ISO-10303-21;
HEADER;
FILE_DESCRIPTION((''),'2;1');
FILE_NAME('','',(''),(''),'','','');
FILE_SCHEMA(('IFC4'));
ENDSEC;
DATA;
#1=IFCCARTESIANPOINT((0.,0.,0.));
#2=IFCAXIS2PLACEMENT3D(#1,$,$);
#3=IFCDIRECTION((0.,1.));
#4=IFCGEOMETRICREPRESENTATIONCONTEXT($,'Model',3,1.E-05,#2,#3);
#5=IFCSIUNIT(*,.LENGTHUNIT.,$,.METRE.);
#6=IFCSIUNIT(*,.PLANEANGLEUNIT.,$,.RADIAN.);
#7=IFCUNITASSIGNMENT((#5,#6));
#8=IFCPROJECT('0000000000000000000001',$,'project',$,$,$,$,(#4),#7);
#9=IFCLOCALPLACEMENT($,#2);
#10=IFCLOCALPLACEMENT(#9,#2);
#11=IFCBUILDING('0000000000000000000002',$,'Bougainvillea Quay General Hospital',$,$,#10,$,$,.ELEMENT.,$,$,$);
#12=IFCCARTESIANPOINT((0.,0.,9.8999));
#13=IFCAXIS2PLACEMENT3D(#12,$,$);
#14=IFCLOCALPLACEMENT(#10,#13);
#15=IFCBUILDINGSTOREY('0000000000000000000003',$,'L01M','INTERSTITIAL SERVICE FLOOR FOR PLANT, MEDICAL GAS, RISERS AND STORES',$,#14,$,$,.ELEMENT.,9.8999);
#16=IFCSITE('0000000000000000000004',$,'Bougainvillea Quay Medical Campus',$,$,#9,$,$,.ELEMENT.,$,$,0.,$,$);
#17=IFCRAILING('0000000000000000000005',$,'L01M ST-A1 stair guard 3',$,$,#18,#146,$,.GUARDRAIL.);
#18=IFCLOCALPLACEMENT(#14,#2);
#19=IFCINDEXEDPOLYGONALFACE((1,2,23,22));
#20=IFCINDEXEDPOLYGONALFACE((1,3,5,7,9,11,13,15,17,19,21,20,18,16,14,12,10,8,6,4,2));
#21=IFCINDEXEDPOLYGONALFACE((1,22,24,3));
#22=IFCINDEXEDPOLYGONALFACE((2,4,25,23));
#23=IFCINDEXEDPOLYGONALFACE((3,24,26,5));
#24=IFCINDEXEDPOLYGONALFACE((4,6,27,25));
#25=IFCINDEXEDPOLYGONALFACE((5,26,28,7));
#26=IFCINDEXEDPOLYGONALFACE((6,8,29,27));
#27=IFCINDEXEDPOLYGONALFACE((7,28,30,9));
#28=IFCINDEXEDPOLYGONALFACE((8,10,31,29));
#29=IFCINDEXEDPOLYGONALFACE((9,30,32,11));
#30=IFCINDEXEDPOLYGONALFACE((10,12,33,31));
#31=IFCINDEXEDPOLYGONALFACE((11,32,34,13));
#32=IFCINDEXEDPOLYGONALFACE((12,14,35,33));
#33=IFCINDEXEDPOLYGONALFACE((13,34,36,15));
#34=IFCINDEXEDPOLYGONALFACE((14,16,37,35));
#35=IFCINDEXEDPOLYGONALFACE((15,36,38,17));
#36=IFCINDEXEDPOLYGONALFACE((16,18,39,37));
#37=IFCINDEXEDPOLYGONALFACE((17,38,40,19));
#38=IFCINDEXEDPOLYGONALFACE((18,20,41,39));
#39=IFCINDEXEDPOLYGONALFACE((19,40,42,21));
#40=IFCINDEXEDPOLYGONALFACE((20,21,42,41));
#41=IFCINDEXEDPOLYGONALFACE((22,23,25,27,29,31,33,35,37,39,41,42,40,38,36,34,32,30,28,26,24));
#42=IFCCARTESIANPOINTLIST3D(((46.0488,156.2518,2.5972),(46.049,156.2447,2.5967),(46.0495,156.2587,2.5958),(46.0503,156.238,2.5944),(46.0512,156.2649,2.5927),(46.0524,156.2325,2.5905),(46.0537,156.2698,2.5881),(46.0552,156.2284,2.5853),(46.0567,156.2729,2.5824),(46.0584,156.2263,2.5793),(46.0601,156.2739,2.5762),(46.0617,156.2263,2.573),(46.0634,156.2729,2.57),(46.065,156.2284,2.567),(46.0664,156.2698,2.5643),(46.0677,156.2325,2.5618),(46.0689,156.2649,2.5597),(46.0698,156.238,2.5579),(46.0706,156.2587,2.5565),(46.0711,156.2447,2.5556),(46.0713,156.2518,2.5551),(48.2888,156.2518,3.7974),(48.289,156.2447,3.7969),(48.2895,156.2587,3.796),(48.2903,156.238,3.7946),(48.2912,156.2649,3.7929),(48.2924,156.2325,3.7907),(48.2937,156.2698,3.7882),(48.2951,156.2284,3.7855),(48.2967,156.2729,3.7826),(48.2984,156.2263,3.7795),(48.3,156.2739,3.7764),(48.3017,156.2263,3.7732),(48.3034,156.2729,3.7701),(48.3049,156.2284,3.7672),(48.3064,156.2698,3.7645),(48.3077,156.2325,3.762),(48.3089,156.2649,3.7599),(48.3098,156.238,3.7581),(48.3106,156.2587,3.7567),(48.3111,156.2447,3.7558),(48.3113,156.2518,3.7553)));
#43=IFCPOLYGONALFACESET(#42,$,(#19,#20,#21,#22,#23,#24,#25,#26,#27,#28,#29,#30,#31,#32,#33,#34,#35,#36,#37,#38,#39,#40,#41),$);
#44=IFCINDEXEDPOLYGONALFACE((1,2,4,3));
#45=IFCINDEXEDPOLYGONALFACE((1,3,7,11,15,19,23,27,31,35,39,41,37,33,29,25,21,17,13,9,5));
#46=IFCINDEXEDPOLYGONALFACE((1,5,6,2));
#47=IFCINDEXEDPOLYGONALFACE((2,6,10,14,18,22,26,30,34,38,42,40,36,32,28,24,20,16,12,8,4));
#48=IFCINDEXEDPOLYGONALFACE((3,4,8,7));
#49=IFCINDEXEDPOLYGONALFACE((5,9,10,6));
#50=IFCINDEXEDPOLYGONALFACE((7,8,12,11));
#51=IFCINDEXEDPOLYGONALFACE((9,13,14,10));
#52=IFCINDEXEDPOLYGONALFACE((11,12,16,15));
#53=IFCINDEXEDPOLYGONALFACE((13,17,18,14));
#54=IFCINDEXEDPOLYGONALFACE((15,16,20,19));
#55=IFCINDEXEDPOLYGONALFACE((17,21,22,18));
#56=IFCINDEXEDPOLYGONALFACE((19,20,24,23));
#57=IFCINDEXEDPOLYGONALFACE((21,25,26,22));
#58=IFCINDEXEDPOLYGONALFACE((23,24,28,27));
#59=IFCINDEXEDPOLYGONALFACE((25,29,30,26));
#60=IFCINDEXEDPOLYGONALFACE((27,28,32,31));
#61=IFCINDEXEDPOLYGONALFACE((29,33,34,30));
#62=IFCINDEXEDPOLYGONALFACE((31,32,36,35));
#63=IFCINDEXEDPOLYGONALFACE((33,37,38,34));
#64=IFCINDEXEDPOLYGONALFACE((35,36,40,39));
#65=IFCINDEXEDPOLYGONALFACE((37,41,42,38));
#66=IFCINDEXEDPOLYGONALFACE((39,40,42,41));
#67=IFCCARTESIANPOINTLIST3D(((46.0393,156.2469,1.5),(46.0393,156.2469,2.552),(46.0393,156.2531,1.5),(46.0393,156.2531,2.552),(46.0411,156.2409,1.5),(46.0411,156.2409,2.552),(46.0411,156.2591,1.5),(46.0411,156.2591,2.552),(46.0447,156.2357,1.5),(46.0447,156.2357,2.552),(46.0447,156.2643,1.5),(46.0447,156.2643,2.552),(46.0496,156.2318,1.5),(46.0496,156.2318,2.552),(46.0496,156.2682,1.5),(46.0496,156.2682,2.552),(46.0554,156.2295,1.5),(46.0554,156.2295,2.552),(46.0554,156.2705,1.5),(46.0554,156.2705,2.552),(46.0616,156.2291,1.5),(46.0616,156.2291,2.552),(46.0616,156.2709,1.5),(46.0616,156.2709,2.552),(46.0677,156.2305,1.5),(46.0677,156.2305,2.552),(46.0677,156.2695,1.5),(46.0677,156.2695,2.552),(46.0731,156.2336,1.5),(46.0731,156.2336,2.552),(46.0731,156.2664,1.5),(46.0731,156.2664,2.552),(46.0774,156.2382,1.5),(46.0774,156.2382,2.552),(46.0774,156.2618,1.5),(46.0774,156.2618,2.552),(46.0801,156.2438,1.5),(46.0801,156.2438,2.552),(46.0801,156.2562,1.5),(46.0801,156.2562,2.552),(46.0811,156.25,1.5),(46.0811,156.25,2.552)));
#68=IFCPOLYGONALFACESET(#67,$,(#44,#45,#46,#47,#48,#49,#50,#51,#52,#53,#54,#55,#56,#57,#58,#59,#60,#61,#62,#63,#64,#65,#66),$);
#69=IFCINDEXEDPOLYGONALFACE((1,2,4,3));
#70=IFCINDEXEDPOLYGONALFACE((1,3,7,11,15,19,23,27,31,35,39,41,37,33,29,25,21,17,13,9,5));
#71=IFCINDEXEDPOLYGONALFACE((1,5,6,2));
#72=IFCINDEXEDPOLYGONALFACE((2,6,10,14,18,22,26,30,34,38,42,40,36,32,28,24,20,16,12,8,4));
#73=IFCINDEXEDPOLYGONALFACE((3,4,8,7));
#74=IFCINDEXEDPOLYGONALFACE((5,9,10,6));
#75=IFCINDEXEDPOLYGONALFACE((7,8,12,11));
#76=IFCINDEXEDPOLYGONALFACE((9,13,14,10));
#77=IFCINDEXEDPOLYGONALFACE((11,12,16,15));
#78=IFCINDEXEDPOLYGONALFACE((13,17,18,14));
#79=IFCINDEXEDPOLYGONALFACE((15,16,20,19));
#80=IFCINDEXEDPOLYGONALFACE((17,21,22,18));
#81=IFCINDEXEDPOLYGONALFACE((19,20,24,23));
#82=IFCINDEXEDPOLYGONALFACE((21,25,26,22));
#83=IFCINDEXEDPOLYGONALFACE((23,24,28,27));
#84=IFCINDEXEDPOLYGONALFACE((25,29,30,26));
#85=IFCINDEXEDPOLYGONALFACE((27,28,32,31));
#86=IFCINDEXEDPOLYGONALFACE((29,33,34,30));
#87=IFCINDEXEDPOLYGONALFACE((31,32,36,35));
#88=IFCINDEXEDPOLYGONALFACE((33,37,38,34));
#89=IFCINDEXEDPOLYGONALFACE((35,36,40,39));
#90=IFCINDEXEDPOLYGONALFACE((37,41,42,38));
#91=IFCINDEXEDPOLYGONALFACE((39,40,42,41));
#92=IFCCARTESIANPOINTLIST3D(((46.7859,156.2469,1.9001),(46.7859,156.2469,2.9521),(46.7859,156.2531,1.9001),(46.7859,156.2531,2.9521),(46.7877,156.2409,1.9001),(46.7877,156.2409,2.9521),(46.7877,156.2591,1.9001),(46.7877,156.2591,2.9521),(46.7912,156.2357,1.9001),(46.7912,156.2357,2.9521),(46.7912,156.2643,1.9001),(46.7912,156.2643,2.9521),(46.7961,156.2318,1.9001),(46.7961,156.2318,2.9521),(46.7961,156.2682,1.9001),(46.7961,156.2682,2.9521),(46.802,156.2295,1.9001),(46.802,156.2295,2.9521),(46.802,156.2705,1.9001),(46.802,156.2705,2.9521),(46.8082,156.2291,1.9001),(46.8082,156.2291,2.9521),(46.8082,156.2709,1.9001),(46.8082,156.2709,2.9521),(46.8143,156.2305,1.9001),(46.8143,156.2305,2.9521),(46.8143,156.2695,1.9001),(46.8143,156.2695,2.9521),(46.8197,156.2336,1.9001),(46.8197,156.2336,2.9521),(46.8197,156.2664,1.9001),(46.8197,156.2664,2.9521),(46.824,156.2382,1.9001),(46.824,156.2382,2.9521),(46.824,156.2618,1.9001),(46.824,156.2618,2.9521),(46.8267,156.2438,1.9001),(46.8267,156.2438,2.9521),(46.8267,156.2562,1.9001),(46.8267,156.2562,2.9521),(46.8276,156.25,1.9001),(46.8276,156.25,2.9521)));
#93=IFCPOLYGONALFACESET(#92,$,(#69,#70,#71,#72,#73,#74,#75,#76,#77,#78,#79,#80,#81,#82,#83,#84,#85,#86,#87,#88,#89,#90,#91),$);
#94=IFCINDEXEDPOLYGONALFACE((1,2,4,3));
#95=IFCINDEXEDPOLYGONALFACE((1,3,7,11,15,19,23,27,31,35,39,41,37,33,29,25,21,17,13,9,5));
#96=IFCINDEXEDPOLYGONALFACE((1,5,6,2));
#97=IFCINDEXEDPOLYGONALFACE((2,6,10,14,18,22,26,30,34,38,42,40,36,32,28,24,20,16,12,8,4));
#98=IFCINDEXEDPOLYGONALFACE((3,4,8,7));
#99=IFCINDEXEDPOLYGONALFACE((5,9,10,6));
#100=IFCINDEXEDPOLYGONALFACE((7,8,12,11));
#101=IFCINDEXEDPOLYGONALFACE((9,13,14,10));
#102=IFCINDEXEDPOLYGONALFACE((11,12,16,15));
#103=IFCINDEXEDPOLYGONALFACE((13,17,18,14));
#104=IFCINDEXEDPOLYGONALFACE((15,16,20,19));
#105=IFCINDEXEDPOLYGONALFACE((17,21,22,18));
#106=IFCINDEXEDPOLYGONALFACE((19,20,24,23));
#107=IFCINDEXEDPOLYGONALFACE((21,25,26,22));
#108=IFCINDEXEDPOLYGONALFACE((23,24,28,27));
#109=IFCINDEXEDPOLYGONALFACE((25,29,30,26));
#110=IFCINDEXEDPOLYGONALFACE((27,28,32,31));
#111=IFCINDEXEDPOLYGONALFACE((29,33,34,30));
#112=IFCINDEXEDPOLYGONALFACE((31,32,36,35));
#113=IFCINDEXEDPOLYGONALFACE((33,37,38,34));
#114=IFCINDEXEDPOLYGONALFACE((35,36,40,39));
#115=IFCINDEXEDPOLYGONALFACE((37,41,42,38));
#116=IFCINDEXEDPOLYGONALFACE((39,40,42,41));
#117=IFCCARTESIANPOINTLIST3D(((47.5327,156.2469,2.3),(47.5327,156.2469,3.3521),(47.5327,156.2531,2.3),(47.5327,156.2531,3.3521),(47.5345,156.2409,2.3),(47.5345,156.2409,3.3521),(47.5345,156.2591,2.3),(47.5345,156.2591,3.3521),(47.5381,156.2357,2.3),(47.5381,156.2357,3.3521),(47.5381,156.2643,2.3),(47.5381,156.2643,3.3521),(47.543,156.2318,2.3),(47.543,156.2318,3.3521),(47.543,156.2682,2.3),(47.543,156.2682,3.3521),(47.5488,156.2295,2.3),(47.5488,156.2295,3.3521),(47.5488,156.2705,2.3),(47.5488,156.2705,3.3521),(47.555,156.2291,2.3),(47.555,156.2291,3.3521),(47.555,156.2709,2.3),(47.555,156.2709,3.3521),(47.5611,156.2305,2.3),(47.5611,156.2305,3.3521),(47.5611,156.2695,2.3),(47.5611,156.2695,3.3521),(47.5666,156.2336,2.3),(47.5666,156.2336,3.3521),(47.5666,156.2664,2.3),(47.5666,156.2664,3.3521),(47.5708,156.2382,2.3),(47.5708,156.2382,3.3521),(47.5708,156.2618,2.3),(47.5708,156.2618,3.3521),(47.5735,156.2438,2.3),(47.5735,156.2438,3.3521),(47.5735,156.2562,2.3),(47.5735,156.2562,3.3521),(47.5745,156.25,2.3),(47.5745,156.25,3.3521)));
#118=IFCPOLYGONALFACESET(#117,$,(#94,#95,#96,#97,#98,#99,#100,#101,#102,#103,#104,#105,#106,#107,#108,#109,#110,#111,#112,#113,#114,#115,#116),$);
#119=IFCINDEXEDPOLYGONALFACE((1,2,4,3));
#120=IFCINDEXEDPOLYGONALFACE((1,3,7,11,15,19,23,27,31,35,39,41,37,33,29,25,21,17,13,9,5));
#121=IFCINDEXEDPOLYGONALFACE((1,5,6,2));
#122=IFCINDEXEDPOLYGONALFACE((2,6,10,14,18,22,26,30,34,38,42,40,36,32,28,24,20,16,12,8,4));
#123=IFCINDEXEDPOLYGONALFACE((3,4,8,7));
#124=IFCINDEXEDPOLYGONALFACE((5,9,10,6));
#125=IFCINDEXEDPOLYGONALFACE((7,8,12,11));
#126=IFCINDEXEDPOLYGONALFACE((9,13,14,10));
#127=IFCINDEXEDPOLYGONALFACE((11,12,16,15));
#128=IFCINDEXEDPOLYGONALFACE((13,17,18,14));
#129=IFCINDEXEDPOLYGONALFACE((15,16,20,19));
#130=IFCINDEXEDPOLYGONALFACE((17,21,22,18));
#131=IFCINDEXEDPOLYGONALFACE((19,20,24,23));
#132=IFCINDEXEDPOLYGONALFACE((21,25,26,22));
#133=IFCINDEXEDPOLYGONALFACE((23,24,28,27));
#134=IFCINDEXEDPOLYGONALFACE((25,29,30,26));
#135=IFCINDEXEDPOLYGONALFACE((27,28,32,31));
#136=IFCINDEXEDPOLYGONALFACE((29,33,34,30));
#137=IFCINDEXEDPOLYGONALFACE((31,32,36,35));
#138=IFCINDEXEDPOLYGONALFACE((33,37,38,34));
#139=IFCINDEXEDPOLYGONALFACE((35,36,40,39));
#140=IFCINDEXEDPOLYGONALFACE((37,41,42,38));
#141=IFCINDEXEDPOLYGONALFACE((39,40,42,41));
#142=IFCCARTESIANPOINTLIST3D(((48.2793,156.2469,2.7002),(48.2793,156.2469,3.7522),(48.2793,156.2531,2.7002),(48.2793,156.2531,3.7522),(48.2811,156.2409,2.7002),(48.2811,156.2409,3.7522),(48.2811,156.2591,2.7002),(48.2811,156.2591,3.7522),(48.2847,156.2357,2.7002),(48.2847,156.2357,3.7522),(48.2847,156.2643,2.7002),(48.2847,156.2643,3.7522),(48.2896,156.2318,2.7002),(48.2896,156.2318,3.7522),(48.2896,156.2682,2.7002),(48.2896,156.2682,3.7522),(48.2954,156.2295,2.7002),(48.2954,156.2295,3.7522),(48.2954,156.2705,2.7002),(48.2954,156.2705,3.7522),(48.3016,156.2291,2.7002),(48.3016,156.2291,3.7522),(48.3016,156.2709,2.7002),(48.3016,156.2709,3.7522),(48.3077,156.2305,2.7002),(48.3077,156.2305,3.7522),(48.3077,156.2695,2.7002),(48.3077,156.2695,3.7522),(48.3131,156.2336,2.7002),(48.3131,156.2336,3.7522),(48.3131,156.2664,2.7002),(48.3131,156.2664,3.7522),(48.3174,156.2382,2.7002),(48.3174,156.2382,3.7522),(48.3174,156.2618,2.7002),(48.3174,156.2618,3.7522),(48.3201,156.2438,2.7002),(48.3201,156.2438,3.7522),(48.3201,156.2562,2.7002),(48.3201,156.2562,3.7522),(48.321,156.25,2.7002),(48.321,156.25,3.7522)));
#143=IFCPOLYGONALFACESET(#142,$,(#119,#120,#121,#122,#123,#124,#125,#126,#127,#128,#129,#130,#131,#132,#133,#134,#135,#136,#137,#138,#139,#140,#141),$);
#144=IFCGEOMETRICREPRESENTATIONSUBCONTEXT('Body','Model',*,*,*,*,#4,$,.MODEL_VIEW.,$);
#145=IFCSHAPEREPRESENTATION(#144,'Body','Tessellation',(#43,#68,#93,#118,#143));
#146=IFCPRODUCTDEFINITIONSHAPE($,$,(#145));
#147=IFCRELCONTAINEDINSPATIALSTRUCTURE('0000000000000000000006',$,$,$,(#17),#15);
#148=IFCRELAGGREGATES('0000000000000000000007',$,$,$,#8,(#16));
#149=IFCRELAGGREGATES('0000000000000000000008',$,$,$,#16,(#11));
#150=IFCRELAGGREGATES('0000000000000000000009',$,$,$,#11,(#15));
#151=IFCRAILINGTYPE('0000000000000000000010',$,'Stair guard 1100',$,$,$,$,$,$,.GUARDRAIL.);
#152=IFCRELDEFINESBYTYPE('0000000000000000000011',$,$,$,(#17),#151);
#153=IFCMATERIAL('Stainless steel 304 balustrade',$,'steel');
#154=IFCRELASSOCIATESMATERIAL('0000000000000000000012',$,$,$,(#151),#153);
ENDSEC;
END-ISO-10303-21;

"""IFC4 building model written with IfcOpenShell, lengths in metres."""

from ifc_helpers import new_model, si_unit, direction, frame, origin, origin_2d, place, context, subcontext, project, spatial, circle, extrude, material, type_object, element, save


model = new_model("IFC4")

# Units and contexts
model_context = context("Model", 3, precision=1e-05, world=origin(), true_north=direction((0.0, 1.0)))
body_context = subcontext(model_context, "Body", "Model", "MODEL_VIEW")
ifc_project = project(units=[si_unit("LENGTHUNIT", "METRE"), si_unit("PLANEANGLEUNIT", "RADIAN")], contexts=[model_context])

# Site, building, storey
site_placement = place(None, origin())
site = spatial("IfcSite", under=ifc_project, at=site_placement, Name="Bougainvillea Quay Medical Campus", CompositionType="ELEMENT", RefElevation=0.0)
building_placement = place(site_placement, origin())
building = spatial("IfcBuilding", under=site, at=building_placement, Name="Bougainvillea Quay General Hospital", CompositionType="ELEMENT")
storey_placement = place(building_placement, frame((0.0, 0.0, 9.8999)))
storey = spatial("IfcBuildingStorey", under=building, at=storey_placement, Name="L01M", Description="INTERSTITIAL SERVICE FLOOR FOR PLANT, MEDICAL GAS, RISERS AND STORES", CompositionType="ELEMENT", Elevation=9.8999)

# Railing
ifc_material_1 = material(Name="Stainless steel 304 balustrade", Category="steel")
railing_type_1 = type_object("IfcRailingType", Name="Stair guard 1100", PredefinedType="GUARDRAIL", material=ifc_material_1)
railing_1_placement = place(storey_placement, frame((46.0601, 156.25, 1.5)))
element("IfcRailing", 1, at=railing_1_placement, inside=storey, type_object=railing_type_1, Name="L01M ST-A1 stair guard 3", PredefinedType="GUARDRAIL", context=body_context, shape_type="SweptSolid", body=[
    extrude(circle(Radius=0.0239, at=origin_2d()), frame((0.0, 0.0, 1.0762), z_axis=(0.881447, 0.0, 0.472283), x_axis=(0.0, 1.0, 0.0)), (0.0, 0.0, 1.0), 2.5413),
    extrude(circle(Radius=0.021, at=origin_2d()), origin(), (0.0, 0.0, 1.0), 1.052),
    extrude(circle(Radius=0.021, at=origin_2d()), frame((0.7466, 0.0, 0.4001)), (0.0, 0.0, 1.0), 1.052),
    extrude(circle(Radius=0.021, at=origin_2d()), frame((1.4934, 0.0, 0.8)), (0.0, 0.0, 1.0), 1.052),
    extrude(circle(Radius=0.021, at=origin_2d()), frame((2.24, 0.0, 1.2002)), (0.0, 0.0, 1.0), 1.052),
])

save(model, "model.ifc")
